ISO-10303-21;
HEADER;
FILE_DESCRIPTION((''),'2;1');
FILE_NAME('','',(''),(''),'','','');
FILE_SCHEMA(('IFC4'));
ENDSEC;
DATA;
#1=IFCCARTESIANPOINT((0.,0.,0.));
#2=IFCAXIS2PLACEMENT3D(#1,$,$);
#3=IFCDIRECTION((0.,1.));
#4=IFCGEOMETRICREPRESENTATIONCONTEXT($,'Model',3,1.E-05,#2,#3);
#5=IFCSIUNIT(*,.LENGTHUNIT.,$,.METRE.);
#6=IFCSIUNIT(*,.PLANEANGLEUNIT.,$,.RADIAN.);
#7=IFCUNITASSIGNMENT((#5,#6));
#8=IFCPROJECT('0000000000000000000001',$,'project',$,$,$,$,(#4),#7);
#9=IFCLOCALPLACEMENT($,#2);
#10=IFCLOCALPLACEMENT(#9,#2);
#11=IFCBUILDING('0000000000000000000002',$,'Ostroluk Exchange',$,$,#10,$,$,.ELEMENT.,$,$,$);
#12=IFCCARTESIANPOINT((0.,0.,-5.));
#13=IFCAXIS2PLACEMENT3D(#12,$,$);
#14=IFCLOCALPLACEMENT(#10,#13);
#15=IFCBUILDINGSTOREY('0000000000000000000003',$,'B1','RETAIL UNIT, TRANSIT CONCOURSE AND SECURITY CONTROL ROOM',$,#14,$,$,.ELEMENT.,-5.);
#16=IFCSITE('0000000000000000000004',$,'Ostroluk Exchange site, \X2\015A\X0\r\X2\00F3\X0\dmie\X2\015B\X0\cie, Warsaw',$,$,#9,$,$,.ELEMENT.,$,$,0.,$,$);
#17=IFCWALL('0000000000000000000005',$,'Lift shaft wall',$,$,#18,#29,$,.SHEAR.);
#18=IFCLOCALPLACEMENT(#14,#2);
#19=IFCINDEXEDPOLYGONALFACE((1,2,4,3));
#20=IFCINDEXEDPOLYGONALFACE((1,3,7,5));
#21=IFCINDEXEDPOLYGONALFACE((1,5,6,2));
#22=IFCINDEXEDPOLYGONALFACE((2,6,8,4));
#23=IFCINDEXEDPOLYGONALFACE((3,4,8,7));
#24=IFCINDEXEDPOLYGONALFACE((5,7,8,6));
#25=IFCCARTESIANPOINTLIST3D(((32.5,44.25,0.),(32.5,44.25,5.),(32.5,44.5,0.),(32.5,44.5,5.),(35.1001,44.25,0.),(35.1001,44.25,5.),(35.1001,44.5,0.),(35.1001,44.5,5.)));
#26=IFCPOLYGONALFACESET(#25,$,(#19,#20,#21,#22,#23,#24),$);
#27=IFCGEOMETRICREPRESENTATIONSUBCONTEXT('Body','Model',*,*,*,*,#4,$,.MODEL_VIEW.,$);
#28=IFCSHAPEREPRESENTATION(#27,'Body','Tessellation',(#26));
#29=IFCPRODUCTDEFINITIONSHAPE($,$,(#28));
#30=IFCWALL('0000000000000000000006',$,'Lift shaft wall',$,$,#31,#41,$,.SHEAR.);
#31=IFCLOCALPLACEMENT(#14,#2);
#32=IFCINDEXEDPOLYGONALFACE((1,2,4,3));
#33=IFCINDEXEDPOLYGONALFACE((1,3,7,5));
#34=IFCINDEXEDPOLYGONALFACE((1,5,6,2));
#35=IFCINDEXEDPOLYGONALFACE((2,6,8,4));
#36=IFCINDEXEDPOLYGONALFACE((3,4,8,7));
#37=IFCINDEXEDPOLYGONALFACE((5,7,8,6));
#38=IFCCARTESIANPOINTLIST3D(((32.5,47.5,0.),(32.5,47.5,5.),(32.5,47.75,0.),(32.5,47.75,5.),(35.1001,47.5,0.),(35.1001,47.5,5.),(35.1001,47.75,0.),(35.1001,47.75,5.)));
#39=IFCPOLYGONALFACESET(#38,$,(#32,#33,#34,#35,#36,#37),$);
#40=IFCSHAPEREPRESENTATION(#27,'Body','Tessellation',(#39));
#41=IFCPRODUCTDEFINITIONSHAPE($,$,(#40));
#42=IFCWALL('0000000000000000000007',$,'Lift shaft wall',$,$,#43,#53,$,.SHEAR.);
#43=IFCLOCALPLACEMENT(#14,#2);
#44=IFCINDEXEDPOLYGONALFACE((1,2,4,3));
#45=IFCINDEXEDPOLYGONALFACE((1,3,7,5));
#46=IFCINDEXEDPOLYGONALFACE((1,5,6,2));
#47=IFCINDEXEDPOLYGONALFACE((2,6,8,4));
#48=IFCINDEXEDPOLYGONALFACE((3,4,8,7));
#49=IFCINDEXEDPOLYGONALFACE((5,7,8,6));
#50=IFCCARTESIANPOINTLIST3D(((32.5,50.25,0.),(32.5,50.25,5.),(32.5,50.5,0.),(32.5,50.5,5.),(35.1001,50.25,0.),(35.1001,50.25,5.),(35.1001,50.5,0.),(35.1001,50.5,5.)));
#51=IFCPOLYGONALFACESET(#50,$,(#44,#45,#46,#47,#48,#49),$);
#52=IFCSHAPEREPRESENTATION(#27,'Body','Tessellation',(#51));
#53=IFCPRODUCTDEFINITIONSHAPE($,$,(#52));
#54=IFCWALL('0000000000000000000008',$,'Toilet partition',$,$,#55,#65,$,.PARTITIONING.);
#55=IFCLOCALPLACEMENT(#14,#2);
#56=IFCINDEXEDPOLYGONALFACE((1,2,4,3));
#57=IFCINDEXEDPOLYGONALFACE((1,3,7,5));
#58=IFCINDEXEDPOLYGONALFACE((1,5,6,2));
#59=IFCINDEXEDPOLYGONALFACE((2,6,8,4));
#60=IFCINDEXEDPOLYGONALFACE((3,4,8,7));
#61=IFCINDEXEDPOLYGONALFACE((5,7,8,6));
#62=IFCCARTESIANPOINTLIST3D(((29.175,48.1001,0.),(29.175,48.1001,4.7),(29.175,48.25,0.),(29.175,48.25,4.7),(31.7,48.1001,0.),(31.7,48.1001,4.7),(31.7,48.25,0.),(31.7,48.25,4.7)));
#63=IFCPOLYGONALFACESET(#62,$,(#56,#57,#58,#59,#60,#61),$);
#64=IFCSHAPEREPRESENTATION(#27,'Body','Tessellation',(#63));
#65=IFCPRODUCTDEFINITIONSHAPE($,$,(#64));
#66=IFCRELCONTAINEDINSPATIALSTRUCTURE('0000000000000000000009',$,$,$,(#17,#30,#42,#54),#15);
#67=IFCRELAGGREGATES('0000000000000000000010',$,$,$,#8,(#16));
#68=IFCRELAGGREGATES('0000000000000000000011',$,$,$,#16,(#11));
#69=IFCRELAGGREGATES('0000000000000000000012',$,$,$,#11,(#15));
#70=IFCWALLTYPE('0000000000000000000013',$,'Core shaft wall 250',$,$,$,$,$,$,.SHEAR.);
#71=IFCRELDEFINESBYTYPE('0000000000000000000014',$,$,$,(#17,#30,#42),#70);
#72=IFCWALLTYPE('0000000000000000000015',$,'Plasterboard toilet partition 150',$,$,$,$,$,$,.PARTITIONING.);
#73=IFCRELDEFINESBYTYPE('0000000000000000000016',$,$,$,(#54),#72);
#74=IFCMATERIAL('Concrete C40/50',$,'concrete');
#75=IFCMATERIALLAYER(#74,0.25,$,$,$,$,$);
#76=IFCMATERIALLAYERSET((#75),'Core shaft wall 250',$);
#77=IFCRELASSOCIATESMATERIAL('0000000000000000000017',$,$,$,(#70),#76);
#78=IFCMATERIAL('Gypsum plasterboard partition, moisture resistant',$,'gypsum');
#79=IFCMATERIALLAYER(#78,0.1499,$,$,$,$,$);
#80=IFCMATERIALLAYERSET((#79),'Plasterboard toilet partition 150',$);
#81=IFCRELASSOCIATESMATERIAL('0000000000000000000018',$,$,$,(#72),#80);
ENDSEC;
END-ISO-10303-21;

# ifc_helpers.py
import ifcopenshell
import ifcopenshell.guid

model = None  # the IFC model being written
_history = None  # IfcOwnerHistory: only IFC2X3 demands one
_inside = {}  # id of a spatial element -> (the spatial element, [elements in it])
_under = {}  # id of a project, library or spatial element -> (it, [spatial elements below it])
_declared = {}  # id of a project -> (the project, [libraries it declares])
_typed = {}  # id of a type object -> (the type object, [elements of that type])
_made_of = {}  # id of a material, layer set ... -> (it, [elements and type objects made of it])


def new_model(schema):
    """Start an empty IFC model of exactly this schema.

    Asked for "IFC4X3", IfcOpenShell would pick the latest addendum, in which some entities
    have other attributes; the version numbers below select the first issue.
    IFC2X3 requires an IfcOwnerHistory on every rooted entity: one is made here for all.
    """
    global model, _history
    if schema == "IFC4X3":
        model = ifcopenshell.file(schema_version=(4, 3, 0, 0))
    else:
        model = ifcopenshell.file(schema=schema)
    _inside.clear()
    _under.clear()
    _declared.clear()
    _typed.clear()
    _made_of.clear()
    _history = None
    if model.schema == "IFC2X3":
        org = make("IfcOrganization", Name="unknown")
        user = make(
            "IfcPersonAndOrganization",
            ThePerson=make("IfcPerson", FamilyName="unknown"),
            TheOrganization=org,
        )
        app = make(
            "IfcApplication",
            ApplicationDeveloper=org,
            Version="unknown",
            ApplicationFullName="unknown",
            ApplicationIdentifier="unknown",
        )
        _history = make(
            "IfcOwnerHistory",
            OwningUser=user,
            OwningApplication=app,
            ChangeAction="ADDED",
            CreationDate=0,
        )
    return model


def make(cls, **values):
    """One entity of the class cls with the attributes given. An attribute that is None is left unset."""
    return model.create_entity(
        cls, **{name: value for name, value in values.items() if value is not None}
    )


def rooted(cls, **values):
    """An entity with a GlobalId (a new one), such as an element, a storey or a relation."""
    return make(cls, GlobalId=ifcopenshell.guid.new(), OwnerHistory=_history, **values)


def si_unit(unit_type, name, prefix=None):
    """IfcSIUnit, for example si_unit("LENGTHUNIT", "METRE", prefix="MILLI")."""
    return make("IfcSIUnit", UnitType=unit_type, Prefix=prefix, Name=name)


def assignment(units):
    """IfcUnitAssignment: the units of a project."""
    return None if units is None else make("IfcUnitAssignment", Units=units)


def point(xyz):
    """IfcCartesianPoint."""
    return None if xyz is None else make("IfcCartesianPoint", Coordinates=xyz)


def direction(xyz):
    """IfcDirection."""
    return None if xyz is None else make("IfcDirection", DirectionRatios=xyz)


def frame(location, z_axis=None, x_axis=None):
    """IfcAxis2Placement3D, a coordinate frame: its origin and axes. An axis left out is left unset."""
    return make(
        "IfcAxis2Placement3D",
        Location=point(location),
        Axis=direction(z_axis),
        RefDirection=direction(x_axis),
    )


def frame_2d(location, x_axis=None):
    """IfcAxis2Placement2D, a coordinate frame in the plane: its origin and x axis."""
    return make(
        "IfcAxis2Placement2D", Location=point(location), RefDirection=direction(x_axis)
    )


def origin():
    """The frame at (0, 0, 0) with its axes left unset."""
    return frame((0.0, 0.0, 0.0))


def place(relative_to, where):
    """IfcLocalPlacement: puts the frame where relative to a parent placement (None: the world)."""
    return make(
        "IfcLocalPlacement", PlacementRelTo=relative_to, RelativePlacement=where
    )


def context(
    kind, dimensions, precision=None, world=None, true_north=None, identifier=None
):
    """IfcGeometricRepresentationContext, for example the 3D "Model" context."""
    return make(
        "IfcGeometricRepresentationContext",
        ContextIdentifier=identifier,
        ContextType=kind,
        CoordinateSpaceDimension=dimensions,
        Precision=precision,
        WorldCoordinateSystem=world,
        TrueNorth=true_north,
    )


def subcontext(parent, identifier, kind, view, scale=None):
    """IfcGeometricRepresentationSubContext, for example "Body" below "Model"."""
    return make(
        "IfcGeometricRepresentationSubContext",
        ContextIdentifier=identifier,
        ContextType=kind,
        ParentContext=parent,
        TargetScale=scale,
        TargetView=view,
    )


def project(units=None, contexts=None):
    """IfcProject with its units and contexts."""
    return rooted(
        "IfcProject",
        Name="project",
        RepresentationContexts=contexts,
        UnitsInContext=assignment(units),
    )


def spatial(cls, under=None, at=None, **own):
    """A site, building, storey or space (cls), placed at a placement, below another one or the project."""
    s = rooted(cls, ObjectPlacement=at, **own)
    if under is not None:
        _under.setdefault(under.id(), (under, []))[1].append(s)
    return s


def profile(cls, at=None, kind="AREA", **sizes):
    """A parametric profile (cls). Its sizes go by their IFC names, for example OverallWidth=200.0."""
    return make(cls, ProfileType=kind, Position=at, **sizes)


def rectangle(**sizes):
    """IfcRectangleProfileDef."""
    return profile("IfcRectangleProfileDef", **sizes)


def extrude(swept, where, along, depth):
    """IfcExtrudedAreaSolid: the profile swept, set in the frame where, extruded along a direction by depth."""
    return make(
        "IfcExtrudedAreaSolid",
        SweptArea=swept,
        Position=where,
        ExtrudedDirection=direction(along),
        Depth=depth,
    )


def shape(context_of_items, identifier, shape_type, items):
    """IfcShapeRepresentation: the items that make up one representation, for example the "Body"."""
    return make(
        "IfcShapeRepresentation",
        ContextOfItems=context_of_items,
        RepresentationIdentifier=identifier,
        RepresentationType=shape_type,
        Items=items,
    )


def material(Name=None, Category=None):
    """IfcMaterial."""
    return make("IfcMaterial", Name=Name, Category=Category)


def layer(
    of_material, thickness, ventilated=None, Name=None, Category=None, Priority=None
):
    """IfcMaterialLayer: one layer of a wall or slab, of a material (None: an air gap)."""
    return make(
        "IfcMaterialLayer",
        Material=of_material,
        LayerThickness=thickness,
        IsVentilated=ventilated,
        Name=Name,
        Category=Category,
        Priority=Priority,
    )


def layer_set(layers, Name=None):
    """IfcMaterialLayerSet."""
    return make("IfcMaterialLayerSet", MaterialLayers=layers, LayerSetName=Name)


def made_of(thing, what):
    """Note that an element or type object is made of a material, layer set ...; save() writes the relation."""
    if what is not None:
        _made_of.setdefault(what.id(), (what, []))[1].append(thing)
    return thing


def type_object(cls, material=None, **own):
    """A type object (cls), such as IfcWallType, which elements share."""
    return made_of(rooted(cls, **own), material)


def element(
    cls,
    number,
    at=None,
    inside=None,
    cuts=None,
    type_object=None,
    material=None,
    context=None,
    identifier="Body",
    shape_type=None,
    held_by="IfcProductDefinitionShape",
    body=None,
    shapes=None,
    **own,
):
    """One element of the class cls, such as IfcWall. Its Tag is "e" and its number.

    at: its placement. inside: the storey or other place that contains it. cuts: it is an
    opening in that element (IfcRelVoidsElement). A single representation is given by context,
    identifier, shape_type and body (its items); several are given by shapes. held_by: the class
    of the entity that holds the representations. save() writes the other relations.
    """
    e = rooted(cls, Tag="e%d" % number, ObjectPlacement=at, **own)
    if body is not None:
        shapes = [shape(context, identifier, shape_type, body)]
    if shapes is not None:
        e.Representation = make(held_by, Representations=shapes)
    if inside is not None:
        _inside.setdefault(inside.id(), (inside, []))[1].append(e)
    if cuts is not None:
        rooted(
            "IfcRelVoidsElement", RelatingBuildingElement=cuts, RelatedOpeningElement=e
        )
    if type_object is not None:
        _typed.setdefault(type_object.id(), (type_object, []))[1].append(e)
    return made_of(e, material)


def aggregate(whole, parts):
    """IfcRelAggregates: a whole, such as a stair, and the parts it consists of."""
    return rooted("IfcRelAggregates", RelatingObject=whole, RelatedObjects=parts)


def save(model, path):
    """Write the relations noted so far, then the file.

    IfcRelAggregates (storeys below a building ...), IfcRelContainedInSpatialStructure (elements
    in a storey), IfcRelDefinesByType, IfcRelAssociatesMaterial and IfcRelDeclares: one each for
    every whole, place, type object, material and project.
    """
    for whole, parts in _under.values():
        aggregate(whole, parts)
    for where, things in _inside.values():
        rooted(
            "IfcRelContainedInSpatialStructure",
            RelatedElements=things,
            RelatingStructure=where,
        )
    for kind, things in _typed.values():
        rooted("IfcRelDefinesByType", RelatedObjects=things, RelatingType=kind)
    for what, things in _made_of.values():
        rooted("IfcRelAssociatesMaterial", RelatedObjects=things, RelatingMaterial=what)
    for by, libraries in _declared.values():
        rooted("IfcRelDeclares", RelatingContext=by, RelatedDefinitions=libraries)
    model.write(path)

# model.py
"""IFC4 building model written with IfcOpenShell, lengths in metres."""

from ifc_helpers import new_model, si_unit, direction, frame, frame_2d, origin, place, context, subcontext, project, spatial, rectangle, extrude, material, layer, layer_set, type_object, element, save


model = new_model("IFC4")

# Units and contexts
model_context = context("Model", 3, precision=1e-05, world=origin(), true_north=direction((0.0, 1.0)))
body_context = subcontext(model_context, "Body", "Model", "MODEL_VIEW")
ifc_project = project(units=[si_unit("LENGTHUNIT", "METRE"), si_unit("PLANEANGLEUNIT", "RADIAN")], contexts=[model_context])

# Site, building, storey
site_placement = place(None, origin())
site = spatial("IfcSite", under=ifc_project, at=site_placement, Name="Ostroluk Exchange site, Śródmieście, Warsaw", CompositionType="ELEMENT", RefElevation=0.0)
building_placement = place(site_placement, origin())
building = spatial("IfcBuilding", under=site, at=building_placement, Name="Ostroluk Exchange", CompositionType="ELEMENT")
storey_placement = place(building_placement, frame((0.0, 0.0, -5.0)))
storey = spatial("IfcBuildingStorey", under=building, at=storey_placement, Name="B1", Description="RETAIL UNIT, TRANSIT CONCOURSE AND SECURITY CONTROL ROOM", CompositionType="ELEMENT", Elevation=-5.0)

# Shared definitions
ifc_material_1 = material(Name="Concrete C40/50", Category="concrete")
ifc_layer_1 = layer(ifc_material_1, 0.25)
ifc_layer_set_1 = layer_set([ifc_layer_1], Name="Core shaft wall 250")
wall_type_1 = type_object("IfcWallType", Name="Core shaft wall 250", PredefinedType="SHEAR", material=ifc_layer_set_1)

# Walls
for number, where, z_axis, x_axis, name in (
    (1, (32.5, 44.375, 0.0), (0.0, 0.0, 1.0), (1.0, 0.0, 0.0), "Lift shaft wall"),
    (2, (32.5, 47.625, 0.0), (0.0, 0.0, 1.0), (1.0, 0.0, 0.0), "Lift shaft wall"),
    (3, (32.5, 50.375, 0.0), (0.0, 0.0, 1.0), (1.0, 0.0, 0.0), "Lift shaft wall"),
):
    element("IfcWall", number, at=place(storey_placement, frame(where, z_axis=z_axis, x_axis=x_axis)), inside=storey, type_object=wall_type_1, Name=name, PredefinedType="SHEAR", context=body_context, shape_type="SweptSolid", body=[
        extrude(rectangle(XDim=2.6001, YDim=0.25, at=frame_2d((1.3, 0.0))), origin(), (0.0, 0.0, 1.0), 5.0),
    ])
ifc_material_2 = material(Name="Gypsum plasterboard partition, moisture resistant", Category="gypsum")
ifc_layer_2 = layer(ifc_material_2, 0.1499)
ifc_layer_set_2 = layer_set([ifc_layer_2], Name="Plasterboard toilet partition 150")
wall_type_2 = type_object("IfcWallType", Name="Plasterboard toilet partition 150", PredefinedType="PARTITIONING", material=ifc_layer_set_2)
wall_1_placement = place(storey_placement, frame((29.175, 48.175, 0.0), z_axis=(0.0, 0.0, 1.0), x_axis=(1.0, 0.0, 0.0)))
element("IfcWall", 4, at=wall_1_placement, inside=storey, type_object=wall_type_2, Name="Toilet partition", PredefinedType="PARTITIONING", context=body_context, shape_type="SweptSolid", body=[
    extrude(rectangle(XDim=2.5249, YDim=0.1499, at=frame_2d((1.2625, 0.0))), origin(), (0.0, 0.0, 1.0), 4.7),
])

save(model, "model.ifc")
